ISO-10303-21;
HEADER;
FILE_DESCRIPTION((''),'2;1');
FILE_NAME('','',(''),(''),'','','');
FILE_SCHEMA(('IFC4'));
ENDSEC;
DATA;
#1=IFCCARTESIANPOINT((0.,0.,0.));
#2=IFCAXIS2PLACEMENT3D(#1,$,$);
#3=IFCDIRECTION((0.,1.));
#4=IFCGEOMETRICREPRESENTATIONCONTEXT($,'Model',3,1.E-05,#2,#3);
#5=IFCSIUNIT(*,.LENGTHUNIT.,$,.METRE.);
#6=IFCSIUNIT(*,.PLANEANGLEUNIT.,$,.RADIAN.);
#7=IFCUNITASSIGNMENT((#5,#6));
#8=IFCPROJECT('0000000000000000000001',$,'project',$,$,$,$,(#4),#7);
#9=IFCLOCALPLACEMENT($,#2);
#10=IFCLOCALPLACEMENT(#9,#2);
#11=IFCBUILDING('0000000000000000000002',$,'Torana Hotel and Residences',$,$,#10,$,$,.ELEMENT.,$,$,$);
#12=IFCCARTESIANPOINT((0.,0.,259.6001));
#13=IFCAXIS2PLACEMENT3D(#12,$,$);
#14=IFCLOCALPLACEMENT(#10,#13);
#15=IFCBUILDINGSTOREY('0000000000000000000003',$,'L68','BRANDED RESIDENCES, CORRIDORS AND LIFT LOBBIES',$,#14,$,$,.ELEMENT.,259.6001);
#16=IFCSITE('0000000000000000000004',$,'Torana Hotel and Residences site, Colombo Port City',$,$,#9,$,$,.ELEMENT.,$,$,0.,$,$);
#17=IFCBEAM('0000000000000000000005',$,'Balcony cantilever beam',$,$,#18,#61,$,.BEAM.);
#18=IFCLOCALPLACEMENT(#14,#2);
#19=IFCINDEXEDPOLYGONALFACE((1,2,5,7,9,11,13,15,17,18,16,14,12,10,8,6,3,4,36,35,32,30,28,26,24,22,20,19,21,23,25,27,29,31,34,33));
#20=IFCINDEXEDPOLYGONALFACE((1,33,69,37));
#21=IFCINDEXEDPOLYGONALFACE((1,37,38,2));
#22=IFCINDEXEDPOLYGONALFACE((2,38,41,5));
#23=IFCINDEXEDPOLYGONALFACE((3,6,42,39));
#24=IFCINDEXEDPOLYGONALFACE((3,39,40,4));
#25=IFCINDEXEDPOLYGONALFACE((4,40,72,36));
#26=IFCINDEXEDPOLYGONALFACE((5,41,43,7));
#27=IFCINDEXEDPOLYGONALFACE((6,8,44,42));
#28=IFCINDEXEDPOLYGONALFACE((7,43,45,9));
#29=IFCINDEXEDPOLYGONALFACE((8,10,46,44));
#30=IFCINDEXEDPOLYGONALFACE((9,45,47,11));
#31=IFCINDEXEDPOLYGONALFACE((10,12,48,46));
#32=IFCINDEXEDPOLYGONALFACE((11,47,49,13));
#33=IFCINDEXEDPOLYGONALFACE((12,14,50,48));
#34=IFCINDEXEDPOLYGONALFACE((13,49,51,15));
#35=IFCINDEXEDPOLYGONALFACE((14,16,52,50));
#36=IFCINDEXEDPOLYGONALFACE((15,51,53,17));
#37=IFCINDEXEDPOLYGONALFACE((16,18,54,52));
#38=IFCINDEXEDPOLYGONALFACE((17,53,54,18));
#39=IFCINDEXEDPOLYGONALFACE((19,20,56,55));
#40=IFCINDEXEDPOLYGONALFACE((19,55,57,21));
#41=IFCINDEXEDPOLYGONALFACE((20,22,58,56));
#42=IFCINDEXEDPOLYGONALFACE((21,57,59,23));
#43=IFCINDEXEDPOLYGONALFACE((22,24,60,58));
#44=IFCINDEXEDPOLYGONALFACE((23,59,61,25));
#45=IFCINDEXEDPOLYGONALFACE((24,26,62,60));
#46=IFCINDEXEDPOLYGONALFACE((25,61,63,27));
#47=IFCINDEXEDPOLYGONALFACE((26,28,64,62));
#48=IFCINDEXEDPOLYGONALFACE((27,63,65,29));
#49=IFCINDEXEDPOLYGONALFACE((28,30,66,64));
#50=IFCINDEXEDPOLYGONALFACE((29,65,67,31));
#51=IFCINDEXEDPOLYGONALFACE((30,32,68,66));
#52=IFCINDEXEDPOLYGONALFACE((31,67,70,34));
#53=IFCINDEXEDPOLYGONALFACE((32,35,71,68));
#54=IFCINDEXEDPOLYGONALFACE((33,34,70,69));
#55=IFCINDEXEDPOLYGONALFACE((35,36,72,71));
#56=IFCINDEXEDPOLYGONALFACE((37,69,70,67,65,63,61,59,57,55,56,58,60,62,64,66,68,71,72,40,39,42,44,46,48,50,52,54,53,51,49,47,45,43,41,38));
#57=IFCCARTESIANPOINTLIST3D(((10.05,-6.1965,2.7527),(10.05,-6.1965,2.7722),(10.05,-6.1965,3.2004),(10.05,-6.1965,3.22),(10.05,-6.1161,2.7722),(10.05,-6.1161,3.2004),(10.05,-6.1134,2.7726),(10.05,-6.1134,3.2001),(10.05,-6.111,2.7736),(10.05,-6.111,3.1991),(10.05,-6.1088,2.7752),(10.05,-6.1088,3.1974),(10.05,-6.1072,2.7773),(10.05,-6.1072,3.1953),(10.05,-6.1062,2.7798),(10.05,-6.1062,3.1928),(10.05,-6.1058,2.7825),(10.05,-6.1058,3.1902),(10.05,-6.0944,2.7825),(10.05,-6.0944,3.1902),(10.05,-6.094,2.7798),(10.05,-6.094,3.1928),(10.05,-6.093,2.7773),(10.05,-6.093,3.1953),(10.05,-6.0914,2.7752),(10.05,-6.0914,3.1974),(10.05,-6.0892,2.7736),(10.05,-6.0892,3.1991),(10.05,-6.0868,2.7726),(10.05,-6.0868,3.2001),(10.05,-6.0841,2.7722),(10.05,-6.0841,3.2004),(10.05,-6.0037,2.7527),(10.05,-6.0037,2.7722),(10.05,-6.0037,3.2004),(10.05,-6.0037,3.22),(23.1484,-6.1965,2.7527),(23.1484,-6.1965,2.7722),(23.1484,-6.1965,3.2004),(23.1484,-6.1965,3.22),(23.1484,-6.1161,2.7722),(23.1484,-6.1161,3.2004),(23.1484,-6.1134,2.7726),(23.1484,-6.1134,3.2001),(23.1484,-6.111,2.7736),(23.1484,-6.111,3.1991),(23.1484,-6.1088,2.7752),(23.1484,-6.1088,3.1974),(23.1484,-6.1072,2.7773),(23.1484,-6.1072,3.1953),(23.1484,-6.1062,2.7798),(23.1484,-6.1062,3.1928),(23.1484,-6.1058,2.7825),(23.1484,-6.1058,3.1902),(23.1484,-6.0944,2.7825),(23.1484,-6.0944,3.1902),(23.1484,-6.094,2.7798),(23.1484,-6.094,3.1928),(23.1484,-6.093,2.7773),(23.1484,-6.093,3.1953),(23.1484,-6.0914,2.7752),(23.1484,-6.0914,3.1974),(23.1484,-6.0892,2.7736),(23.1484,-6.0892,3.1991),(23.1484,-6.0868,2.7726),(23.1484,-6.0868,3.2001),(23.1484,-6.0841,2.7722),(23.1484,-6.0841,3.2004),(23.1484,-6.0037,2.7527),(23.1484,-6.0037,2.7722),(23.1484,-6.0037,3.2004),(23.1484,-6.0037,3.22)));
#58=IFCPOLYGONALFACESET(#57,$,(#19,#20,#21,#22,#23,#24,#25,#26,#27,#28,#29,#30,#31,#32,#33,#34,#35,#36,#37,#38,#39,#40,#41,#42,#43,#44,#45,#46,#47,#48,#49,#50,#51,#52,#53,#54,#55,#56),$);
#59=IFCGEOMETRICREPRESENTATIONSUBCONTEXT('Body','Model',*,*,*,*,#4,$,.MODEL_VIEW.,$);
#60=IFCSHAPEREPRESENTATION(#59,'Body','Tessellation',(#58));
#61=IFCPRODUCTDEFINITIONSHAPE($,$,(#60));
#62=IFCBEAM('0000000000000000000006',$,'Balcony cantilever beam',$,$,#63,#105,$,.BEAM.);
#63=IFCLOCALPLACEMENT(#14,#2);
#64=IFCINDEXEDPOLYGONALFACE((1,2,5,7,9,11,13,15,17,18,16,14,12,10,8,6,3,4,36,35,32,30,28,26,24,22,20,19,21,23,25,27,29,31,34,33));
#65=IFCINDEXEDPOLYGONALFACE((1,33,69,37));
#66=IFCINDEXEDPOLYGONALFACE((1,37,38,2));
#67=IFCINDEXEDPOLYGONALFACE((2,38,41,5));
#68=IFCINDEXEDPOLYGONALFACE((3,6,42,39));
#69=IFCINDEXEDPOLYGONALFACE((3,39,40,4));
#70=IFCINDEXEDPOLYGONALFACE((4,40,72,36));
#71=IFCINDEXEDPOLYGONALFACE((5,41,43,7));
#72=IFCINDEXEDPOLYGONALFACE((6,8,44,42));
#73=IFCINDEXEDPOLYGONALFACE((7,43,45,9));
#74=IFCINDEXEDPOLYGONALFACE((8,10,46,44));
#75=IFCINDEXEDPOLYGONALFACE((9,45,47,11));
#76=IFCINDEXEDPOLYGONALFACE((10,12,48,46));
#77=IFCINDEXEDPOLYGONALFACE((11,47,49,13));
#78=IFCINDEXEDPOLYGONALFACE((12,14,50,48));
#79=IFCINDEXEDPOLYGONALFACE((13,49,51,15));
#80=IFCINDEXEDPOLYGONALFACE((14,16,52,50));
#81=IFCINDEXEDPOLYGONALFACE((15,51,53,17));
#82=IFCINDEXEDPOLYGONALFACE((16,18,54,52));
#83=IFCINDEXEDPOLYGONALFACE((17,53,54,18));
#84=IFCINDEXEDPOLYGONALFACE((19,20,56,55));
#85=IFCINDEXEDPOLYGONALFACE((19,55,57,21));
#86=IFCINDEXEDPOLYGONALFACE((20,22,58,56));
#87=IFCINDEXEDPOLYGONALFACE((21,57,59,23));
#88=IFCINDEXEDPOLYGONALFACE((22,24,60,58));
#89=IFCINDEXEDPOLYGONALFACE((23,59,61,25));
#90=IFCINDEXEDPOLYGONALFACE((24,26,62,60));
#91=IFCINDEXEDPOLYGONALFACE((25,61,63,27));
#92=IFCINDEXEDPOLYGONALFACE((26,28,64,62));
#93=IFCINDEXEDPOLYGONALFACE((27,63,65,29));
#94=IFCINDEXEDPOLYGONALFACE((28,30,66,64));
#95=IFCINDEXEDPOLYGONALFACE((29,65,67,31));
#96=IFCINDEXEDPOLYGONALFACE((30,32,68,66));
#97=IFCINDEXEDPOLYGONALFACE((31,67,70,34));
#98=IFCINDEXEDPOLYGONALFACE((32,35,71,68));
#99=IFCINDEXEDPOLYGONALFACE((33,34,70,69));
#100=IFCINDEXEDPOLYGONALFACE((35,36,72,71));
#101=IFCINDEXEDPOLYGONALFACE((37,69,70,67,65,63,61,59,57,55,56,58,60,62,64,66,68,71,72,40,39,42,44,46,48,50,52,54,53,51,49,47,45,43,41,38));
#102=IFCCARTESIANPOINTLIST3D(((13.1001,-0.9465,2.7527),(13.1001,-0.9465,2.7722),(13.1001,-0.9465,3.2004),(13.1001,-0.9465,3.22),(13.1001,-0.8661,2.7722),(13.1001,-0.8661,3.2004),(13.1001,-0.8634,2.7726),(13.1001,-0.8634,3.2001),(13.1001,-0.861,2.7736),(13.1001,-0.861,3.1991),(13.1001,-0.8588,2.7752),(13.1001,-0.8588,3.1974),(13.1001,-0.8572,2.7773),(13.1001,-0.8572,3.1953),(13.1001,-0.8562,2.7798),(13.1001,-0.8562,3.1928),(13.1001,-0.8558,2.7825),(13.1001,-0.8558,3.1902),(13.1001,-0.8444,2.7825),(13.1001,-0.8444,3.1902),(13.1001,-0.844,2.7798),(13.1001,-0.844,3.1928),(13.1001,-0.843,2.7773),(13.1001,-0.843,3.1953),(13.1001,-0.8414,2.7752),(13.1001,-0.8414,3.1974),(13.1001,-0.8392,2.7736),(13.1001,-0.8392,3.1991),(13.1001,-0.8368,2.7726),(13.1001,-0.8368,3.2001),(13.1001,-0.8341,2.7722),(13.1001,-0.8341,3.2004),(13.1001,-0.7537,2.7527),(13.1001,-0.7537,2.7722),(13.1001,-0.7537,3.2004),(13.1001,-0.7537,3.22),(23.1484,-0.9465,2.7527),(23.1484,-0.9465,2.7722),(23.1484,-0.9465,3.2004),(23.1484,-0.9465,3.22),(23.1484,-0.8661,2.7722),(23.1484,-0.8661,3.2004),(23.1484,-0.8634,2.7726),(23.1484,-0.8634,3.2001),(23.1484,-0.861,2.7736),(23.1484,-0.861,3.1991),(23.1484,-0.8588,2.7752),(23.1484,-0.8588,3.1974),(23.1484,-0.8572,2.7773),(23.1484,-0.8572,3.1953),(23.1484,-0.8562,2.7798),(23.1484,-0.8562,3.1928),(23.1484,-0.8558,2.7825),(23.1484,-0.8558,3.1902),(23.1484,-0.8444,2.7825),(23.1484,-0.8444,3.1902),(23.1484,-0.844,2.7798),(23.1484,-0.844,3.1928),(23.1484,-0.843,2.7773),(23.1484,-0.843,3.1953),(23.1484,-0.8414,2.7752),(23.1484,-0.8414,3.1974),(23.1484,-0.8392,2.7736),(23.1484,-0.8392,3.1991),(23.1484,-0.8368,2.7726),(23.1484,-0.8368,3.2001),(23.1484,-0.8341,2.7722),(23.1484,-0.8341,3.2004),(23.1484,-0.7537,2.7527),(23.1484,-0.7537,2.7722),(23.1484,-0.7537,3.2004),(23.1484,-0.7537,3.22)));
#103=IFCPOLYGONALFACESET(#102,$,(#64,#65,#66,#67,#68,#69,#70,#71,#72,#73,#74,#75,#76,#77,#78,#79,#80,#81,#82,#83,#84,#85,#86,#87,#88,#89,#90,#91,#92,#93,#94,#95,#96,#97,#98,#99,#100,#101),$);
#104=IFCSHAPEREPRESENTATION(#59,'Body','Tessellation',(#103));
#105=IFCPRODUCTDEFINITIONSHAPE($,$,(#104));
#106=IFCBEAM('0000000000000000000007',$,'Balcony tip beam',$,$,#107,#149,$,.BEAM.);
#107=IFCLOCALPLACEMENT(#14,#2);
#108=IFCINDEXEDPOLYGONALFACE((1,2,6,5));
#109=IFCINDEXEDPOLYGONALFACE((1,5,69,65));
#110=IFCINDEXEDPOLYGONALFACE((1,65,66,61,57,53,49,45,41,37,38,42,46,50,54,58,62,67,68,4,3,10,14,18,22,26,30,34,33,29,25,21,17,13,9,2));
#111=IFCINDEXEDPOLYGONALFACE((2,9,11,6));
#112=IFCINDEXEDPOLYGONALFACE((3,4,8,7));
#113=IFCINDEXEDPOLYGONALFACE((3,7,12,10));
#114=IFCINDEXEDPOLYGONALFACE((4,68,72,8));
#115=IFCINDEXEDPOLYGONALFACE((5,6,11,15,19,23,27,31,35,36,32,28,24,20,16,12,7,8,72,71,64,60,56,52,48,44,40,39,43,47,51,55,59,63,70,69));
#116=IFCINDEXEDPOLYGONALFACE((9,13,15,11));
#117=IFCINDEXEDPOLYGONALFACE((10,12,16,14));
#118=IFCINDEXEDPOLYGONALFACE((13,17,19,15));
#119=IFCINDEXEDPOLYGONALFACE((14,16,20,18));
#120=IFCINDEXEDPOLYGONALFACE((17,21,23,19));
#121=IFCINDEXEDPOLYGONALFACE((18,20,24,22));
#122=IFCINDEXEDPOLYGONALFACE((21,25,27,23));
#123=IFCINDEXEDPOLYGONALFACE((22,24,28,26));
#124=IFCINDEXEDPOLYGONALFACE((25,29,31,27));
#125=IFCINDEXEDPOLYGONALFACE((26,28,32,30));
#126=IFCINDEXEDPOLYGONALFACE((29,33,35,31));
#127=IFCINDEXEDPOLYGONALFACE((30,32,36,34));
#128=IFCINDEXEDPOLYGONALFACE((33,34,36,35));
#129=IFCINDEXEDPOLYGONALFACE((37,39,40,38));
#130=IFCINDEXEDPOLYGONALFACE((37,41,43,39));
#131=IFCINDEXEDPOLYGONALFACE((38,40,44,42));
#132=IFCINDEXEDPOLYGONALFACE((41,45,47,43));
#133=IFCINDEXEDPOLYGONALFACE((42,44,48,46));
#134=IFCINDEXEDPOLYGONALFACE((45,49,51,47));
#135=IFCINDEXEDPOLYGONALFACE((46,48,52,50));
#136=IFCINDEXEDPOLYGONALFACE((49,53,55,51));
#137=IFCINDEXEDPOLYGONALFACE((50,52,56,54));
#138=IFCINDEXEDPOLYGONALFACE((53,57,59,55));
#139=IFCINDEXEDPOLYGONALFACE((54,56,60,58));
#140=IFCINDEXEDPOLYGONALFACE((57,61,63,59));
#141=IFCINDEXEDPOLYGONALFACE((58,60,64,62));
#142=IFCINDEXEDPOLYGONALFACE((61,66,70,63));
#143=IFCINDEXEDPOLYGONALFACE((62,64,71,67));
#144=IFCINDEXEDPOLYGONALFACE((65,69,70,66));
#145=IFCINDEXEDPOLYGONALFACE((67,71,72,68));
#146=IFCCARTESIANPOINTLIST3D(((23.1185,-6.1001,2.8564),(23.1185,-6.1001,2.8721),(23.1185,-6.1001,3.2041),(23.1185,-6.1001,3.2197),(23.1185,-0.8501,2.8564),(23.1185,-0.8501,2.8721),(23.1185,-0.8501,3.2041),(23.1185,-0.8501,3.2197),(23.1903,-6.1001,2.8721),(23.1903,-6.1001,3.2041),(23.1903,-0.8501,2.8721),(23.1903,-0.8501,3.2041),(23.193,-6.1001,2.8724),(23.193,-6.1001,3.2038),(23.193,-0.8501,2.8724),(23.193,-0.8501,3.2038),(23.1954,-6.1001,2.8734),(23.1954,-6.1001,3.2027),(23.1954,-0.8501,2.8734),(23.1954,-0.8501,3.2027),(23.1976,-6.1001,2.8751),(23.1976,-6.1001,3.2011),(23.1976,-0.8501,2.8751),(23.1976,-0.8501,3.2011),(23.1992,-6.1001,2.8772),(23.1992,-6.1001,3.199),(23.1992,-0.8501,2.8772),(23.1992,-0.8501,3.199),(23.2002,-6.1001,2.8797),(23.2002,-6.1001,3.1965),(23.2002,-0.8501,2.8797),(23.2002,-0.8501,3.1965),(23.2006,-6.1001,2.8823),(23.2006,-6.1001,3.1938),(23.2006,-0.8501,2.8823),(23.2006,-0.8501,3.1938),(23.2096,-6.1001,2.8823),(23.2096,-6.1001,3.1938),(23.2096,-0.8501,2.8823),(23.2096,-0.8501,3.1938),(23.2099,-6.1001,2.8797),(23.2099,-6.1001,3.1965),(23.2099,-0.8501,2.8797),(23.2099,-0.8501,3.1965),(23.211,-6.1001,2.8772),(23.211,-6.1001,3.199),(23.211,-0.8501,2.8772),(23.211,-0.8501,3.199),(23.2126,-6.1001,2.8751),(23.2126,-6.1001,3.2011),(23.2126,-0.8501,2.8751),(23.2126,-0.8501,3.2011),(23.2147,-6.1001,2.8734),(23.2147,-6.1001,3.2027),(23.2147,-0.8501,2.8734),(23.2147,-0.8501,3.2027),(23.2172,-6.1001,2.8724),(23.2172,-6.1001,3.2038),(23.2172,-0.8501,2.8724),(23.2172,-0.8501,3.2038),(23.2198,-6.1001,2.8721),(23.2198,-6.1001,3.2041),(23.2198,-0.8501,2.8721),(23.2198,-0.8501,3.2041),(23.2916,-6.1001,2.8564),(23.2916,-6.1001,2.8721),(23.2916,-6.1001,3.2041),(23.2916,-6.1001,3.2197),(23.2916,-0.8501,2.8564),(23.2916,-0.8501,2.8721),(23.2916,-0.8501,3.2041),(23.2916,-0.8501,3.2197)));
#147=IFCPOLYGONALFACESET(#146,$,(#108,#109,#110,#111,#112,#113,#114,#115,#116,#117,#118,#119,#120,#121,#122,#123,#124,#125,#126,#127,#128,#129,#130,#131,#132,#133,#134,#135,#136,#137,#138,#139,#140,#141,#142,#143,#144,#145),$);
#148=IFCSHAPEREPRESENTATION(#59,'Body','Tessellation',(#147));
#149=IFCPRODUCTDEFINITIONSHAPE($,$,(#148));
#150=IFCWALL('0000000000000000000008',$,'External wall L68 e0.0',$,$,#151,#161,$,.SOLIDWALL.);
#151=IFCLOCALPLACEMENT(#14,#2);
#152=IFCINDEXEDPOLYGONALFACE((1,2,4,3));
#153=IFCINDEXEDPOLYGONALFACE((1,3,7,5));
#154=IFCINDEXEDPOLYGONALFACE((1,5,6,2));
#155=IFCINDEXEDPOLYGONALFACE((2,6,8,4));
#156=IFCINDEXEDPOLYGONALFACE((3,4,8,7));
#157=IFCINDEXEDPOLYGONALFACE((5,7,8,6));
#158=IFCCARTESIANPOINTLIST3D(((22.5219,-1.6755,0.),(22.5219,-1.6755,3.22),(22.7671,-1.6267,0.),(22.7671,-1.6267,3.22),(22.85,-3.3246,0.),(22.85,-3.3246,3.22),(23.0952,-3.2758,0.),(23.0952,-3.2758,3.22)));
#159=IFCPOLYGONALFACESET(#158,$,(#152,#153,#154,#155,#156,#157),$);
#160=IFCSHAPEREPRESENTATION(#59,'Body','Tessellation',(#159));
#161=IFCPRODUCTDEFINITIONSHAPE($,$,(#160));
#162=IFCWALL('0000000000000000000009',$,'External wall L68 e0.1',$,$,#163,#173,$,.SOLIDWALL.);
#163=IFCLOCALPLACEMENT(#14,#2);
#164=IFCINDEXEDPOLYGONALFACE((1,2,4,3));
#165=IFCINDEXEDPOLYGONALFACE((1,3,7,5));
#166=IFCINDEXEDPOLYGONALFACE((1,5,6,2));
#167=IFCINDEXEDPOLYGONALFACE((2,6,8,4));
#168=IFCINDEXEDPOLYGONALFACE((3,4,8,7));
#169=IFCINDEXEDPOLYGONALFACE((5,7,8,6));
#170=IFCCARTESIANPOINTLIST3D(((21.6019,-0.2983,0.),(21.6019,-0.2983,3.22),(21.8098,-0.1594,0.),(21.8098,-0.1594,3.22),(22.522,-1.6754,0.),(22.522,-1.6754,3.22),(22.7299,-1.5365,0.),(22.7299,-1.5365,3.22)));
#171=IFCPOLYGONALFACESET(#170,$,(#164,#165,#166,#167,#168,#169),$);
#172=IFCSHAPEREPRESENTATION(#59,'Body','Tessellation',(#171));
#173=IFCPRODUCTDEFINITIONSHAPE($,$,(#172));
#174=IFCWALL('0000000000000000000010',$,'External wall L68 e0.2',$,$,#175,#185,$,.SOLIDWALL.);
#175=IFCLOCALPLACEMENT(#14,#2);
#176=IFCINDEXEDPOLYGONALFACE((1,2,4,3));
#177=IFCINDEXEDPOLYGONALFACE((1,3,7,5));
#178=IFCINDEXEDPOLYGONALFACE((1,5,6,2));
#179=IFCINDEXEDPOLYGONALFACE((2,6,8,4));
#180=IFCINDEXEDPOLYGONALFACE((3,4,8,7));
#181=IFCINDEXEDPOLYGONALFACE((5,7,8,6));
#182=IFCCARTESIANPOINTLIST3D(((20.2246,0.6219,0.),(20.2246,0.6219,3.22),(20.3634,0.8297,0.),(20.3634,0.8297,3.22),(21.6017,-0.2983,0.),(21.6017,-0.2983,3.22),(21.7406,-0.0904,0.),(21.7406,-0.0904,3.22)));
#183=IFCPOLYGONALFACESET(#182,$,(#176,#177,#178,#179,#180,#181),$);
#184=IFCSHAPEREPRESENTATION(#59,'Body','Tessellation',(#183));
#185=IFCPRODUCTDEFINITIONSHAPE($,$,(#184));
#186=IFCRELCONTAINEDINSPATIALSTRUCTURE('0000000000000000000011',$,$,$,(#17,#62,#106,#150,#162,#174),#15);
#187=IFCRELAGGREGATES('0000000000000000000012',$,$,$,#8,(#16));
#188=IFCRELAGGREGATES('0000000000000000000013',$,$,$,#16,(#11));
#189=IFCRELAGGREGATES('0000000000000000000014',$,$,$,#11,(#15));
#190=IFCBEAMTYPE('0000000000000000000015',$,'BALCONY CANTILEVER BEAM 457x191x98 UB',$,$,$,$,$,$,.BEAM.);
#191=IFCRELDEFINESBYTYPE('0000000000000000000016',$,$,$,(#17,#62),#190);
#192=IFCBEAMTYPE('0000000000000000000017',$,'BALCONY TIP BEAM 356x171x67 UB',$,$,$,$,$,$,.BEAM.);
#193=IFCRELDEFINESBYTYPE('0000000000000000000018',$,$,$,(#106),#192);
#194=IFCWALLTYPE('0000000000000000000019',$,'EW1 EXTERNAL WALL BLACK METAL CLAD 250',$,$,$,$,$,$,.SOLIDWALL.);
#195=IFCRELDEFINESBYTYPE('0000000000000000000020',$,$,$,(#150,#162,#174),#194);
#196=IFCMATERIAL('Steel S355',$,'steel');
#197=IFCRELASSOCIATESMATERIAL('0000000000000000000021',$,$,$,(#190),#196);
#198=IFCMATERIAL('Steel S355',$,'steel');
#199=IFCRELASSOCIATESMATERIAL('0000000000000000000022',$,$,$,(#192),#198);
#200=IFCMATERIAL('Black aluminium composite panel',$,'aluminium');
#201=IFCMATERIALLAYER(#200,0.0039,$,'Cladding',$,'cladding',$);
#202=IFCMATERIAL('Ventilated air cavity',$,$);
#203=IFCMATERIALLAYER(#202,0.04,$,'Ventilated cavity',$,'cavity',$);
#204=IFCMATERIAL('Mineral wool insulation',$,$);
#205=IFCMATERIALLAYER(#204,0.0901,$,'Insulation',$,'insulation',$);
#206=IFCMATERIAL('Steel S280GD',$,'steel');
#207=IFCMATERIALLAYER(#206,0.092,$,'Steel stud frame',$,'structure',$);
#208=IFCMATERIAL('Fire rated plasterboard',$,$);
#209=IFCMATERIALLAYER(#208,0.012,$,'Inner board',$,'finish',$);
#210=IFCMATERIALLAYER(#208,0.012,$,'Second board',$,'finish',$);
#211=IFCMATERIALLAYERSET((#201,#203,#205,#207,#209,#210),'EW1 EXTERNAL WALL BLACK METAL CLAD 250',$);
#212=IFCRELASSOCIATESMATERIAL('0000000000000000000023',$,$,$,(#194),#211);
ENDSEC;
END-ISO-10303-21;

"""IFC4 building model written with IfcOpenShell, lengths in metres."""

from ifc_helpers import new_model, si_unit, direction, frame, frame_2d, origin, origin_2d, place, context, subcontext, project, spatial, rectangle, i_section, extrude, material, layer, layer_set, material_profile, profile_set, type_object, element, save


model = new_model("IFC4")

# Units and contexts
model_context = context("Model", 3, precision=1e-05, world=origin(), true_north=direction((0.0, 1.0)))
body_context = subcontext(model_context, "Body", "Model", "MODEL_VIEW")
ifc_project = project(units=[si_unit("LENGTHUNIT", "METRE"), si_unit("PLANEANGLEUNIT", "RADIAN")], contexts=[model_context])

# Site, building, storey
site_placement = place(None, origin())
site = spatial("IfcSite", under=ifc_project, at=site_placement, Name="Torana Hotel and Residences site, Colombo Port City", CompositionType="ELEMENT", RefElevation=0.0)
building_placement = place(site_placement, origin())
building = spatial("IfcBuilding", under=site, at=building_placement, Name="Torana Hotel and Residences", CompositionType="ELEMENT")
storey_placement = place(building_placement, frame((0.0, 0.0, 259.6001)))
storey = spatial("IfcBuildingStorey", under=building, at=storey_placement, Name="L68", Description="BRANDED RESIDENCES, CORRIDORS AND LIFT LOBBIES", CompositionType="ELEMENT", Elevation=259.6001)

# Beams
ifc_material_1 = material(Name="Steel S355", Category="steel")
ifc_material_profile_1 = material_profile(ifc_material_1, i_section(OverallWidth=0.1929, OverallDepth=0.4673, WebThickness=0.0115, FlangeThickness=0.0195, FilletRadius=0.0103, at=origin_2d()), Name="457x191x98 UB")
ifc_profile_set_1 = profile_set([ifc_material_profile_1], Name="Steel S355")
beam_type_1 = type_object("IfcBeamType", Name="BALCONY CANTILEVER BEAM 457x191x98 UB", PredefinedType="BEAM", material=ifc_profile_set_1)
beam_1_placement = place(storey_placement, frame((23.1484, -6.1001, 2.9863), z_axis=(-1.0, 0.0, 0.0), x_axis=(0.0, -1.0, 0.0)))
element("IfcBeam", 1, at=beam_1_placement, inside=storey, type_object=beam_type_1, Name="Balcony cantilever beam", PredefinedType="BEAM", context=body_context, shape_type="SweptSolid", body=[
    extrude(i_section(OverallWidth=0.1929, OverallDepth=0.4673, WebThickness=0.0115, FlangeThickness=0.0195, FilletRadius=0.0103, at=origin_2d()), origin(), (0.0, 0.0, 1.0), 13.0984),
])
beam_2_placement = place(storey_placement, frame((23.1484, -0.8501, 2.9863), z_axis=(-1.0, 0.0, 0.0), x_axis=(0.0, -1.0, 0.0)))
element("IfcBeam", 2, at=beam_2_placement, inside=storey, type_object=beam_type_1, Name="Balcony cantilever beam", PredefinedType="BEAM", context=body_context, shape_type="SweptSolid", body=[
    extrude(i_section(OverallWidth=0.1929, OverallDepth=0.4673, WebThickness=0.0115, FlangeThickness=0.0195, FilletRadius=0.0103, at=origin_2d()), origin(), (0.0, 0.0, 1.0), 10.0483),
])
ifc_material_2 = material(Name="Steel S355", Category="steel")
ifc_material_profile_2 = material_profile(ifc_material_2, i_section(OverallWidth=0.1731, OverallDepth=0.3633, WebThickness=0.009, FlangeThickness=0.0156, FilletRadius=0.0103, at=origin_2d()), Name="356x171x67 UB")
ifc_profile_set_2 = profile_set([ifc_material_profile_2], Name="Steel S355")
beam_type_2 = type_object("IfcBeamType", Name="BALCONY TIP BEAM 356x171x67 UB", PredefinedType="BEAM", material=ifc_profile_set_2)
beam_3_placement = place(storey_placement, frame((23.2051, -6.1001, 3.0381), z_axis=(0.0, 1.0, 0.0), x_axis=(-1.0, 0.0, 0.0)))
element("IfcBeam", 3, at=beam_3_placement, inside=storey, type_object=beam_type_2, Name="Balcony tip beam", PredefinedType="BEAM", context=body_context, shape_type="SweptSolid", body=[
    extrude(i_section(OverallWidth=0.1731, OverallDepth=0.3633, WebThickness=0.009, FlangeThickness=0.0156, FilletRadius=0.0103, at=origin_2d()), origin(), (0.0, 0.0, 1.0), 5.25),
])

# Walls
ifc_material_3 = material(Name="Black aluminium composite panel", Category="aluminium")
ifc_layer_1 = layer(ifc_material_3, 0.0039, Name="Cladding", Category="cladding")
ifc_material_4 = material(Name="Ventilated air cavity")
ifc_layer_2 = layer(ifc_material_4, 0.04, Name="Ventilated cavity", Category="cavity")
ifc_material_5 = material(Name="Mineral wool insulation")
ifc_layer_3 = layer(ifc_material_5, 0.0901, Name="Insulation", Category="insulation")
ifc_material_6 = material(Name="Steel S280GD", Category="steel")
ifc_layer_4 = layer(ifc_material_6, 0.092, Name="Steel stud frame", Category="structure")
ifc_material_7 = material(Name="Fire rated plasterboard")
ifc_layer_5 = layer(ifc_material_7, 0.012, Name="Inner board", Category="finish")
ifc_layer_6 = layer(ifc_material_7, 0.012, Name="Second board", Category="finish")
ifc_layer_set_1 = layer_set([ifc_layer_1, ifc_layer_2, ifc_layer_3, ifc_layer_4, ifc_layer_5, ifc_layer_6], Name="EW1 EXTERNAL WALL BLACK METAL CLAD 250")
wall_type_1 = type_object("IfcWallType", Name="EW1 EXTERNAL WALL BLACK METAL CLAD 250", PredefinedType="SOLIDWALL", material=ifc_layer_set_1)
wall_1_placement = place(storey_placement, frame((22.9727, -3.3003, 0.0), z_axis=(0.0, 0.0, 1.0), x_axis=(-0.195139, 0.980776, 0.0)))
element("IfcWall", 4, at=wall_1_placement, inside=storey, type_object=wall_type_1, Name="External wall L68 e0.0", PredefinedType="SOLIDWALL", context=body_context, shape_type="SweptSolid", body=[
    extrude(rectangle(XDim=1.6814, YDim=0.25, at=frame_2d((0.8408, 0.0))), origin(), (0.0, 0.0, 1.0), 3.22),
])
for number, where, z_axis, x_axis, name in (
    (5, (22.626, -1.606, 0.0), (0.0, 0.0, 1.0), (-0.55555, 0.831483, 0.0), "External wall L68 e0.1"),
    (6, (21.6711, -0.1943, 0.0), (0.0, 0.0, 1.0), (-0.831483, 0.55555, 0.0), "External wall L68 e0.2"),
):
    element("IfcWall", number, at=place(storey_placement, frame(where, z_axis=z_axis, x_axis=x_axis)), inside=storey, type_object=wall_type_1, Name=name, PredefinedType="SOLIDWALL", context=body_context, shape_type="SweptSolid", body=[
        extrude(rectangle(XDim=1.6562, YDim=0.25, at=frame_2d((0.8281, 0.0))), origin(), (0.0, 0.0, 1.0), 3.22),
    ])

save(model, "model.ifc")
